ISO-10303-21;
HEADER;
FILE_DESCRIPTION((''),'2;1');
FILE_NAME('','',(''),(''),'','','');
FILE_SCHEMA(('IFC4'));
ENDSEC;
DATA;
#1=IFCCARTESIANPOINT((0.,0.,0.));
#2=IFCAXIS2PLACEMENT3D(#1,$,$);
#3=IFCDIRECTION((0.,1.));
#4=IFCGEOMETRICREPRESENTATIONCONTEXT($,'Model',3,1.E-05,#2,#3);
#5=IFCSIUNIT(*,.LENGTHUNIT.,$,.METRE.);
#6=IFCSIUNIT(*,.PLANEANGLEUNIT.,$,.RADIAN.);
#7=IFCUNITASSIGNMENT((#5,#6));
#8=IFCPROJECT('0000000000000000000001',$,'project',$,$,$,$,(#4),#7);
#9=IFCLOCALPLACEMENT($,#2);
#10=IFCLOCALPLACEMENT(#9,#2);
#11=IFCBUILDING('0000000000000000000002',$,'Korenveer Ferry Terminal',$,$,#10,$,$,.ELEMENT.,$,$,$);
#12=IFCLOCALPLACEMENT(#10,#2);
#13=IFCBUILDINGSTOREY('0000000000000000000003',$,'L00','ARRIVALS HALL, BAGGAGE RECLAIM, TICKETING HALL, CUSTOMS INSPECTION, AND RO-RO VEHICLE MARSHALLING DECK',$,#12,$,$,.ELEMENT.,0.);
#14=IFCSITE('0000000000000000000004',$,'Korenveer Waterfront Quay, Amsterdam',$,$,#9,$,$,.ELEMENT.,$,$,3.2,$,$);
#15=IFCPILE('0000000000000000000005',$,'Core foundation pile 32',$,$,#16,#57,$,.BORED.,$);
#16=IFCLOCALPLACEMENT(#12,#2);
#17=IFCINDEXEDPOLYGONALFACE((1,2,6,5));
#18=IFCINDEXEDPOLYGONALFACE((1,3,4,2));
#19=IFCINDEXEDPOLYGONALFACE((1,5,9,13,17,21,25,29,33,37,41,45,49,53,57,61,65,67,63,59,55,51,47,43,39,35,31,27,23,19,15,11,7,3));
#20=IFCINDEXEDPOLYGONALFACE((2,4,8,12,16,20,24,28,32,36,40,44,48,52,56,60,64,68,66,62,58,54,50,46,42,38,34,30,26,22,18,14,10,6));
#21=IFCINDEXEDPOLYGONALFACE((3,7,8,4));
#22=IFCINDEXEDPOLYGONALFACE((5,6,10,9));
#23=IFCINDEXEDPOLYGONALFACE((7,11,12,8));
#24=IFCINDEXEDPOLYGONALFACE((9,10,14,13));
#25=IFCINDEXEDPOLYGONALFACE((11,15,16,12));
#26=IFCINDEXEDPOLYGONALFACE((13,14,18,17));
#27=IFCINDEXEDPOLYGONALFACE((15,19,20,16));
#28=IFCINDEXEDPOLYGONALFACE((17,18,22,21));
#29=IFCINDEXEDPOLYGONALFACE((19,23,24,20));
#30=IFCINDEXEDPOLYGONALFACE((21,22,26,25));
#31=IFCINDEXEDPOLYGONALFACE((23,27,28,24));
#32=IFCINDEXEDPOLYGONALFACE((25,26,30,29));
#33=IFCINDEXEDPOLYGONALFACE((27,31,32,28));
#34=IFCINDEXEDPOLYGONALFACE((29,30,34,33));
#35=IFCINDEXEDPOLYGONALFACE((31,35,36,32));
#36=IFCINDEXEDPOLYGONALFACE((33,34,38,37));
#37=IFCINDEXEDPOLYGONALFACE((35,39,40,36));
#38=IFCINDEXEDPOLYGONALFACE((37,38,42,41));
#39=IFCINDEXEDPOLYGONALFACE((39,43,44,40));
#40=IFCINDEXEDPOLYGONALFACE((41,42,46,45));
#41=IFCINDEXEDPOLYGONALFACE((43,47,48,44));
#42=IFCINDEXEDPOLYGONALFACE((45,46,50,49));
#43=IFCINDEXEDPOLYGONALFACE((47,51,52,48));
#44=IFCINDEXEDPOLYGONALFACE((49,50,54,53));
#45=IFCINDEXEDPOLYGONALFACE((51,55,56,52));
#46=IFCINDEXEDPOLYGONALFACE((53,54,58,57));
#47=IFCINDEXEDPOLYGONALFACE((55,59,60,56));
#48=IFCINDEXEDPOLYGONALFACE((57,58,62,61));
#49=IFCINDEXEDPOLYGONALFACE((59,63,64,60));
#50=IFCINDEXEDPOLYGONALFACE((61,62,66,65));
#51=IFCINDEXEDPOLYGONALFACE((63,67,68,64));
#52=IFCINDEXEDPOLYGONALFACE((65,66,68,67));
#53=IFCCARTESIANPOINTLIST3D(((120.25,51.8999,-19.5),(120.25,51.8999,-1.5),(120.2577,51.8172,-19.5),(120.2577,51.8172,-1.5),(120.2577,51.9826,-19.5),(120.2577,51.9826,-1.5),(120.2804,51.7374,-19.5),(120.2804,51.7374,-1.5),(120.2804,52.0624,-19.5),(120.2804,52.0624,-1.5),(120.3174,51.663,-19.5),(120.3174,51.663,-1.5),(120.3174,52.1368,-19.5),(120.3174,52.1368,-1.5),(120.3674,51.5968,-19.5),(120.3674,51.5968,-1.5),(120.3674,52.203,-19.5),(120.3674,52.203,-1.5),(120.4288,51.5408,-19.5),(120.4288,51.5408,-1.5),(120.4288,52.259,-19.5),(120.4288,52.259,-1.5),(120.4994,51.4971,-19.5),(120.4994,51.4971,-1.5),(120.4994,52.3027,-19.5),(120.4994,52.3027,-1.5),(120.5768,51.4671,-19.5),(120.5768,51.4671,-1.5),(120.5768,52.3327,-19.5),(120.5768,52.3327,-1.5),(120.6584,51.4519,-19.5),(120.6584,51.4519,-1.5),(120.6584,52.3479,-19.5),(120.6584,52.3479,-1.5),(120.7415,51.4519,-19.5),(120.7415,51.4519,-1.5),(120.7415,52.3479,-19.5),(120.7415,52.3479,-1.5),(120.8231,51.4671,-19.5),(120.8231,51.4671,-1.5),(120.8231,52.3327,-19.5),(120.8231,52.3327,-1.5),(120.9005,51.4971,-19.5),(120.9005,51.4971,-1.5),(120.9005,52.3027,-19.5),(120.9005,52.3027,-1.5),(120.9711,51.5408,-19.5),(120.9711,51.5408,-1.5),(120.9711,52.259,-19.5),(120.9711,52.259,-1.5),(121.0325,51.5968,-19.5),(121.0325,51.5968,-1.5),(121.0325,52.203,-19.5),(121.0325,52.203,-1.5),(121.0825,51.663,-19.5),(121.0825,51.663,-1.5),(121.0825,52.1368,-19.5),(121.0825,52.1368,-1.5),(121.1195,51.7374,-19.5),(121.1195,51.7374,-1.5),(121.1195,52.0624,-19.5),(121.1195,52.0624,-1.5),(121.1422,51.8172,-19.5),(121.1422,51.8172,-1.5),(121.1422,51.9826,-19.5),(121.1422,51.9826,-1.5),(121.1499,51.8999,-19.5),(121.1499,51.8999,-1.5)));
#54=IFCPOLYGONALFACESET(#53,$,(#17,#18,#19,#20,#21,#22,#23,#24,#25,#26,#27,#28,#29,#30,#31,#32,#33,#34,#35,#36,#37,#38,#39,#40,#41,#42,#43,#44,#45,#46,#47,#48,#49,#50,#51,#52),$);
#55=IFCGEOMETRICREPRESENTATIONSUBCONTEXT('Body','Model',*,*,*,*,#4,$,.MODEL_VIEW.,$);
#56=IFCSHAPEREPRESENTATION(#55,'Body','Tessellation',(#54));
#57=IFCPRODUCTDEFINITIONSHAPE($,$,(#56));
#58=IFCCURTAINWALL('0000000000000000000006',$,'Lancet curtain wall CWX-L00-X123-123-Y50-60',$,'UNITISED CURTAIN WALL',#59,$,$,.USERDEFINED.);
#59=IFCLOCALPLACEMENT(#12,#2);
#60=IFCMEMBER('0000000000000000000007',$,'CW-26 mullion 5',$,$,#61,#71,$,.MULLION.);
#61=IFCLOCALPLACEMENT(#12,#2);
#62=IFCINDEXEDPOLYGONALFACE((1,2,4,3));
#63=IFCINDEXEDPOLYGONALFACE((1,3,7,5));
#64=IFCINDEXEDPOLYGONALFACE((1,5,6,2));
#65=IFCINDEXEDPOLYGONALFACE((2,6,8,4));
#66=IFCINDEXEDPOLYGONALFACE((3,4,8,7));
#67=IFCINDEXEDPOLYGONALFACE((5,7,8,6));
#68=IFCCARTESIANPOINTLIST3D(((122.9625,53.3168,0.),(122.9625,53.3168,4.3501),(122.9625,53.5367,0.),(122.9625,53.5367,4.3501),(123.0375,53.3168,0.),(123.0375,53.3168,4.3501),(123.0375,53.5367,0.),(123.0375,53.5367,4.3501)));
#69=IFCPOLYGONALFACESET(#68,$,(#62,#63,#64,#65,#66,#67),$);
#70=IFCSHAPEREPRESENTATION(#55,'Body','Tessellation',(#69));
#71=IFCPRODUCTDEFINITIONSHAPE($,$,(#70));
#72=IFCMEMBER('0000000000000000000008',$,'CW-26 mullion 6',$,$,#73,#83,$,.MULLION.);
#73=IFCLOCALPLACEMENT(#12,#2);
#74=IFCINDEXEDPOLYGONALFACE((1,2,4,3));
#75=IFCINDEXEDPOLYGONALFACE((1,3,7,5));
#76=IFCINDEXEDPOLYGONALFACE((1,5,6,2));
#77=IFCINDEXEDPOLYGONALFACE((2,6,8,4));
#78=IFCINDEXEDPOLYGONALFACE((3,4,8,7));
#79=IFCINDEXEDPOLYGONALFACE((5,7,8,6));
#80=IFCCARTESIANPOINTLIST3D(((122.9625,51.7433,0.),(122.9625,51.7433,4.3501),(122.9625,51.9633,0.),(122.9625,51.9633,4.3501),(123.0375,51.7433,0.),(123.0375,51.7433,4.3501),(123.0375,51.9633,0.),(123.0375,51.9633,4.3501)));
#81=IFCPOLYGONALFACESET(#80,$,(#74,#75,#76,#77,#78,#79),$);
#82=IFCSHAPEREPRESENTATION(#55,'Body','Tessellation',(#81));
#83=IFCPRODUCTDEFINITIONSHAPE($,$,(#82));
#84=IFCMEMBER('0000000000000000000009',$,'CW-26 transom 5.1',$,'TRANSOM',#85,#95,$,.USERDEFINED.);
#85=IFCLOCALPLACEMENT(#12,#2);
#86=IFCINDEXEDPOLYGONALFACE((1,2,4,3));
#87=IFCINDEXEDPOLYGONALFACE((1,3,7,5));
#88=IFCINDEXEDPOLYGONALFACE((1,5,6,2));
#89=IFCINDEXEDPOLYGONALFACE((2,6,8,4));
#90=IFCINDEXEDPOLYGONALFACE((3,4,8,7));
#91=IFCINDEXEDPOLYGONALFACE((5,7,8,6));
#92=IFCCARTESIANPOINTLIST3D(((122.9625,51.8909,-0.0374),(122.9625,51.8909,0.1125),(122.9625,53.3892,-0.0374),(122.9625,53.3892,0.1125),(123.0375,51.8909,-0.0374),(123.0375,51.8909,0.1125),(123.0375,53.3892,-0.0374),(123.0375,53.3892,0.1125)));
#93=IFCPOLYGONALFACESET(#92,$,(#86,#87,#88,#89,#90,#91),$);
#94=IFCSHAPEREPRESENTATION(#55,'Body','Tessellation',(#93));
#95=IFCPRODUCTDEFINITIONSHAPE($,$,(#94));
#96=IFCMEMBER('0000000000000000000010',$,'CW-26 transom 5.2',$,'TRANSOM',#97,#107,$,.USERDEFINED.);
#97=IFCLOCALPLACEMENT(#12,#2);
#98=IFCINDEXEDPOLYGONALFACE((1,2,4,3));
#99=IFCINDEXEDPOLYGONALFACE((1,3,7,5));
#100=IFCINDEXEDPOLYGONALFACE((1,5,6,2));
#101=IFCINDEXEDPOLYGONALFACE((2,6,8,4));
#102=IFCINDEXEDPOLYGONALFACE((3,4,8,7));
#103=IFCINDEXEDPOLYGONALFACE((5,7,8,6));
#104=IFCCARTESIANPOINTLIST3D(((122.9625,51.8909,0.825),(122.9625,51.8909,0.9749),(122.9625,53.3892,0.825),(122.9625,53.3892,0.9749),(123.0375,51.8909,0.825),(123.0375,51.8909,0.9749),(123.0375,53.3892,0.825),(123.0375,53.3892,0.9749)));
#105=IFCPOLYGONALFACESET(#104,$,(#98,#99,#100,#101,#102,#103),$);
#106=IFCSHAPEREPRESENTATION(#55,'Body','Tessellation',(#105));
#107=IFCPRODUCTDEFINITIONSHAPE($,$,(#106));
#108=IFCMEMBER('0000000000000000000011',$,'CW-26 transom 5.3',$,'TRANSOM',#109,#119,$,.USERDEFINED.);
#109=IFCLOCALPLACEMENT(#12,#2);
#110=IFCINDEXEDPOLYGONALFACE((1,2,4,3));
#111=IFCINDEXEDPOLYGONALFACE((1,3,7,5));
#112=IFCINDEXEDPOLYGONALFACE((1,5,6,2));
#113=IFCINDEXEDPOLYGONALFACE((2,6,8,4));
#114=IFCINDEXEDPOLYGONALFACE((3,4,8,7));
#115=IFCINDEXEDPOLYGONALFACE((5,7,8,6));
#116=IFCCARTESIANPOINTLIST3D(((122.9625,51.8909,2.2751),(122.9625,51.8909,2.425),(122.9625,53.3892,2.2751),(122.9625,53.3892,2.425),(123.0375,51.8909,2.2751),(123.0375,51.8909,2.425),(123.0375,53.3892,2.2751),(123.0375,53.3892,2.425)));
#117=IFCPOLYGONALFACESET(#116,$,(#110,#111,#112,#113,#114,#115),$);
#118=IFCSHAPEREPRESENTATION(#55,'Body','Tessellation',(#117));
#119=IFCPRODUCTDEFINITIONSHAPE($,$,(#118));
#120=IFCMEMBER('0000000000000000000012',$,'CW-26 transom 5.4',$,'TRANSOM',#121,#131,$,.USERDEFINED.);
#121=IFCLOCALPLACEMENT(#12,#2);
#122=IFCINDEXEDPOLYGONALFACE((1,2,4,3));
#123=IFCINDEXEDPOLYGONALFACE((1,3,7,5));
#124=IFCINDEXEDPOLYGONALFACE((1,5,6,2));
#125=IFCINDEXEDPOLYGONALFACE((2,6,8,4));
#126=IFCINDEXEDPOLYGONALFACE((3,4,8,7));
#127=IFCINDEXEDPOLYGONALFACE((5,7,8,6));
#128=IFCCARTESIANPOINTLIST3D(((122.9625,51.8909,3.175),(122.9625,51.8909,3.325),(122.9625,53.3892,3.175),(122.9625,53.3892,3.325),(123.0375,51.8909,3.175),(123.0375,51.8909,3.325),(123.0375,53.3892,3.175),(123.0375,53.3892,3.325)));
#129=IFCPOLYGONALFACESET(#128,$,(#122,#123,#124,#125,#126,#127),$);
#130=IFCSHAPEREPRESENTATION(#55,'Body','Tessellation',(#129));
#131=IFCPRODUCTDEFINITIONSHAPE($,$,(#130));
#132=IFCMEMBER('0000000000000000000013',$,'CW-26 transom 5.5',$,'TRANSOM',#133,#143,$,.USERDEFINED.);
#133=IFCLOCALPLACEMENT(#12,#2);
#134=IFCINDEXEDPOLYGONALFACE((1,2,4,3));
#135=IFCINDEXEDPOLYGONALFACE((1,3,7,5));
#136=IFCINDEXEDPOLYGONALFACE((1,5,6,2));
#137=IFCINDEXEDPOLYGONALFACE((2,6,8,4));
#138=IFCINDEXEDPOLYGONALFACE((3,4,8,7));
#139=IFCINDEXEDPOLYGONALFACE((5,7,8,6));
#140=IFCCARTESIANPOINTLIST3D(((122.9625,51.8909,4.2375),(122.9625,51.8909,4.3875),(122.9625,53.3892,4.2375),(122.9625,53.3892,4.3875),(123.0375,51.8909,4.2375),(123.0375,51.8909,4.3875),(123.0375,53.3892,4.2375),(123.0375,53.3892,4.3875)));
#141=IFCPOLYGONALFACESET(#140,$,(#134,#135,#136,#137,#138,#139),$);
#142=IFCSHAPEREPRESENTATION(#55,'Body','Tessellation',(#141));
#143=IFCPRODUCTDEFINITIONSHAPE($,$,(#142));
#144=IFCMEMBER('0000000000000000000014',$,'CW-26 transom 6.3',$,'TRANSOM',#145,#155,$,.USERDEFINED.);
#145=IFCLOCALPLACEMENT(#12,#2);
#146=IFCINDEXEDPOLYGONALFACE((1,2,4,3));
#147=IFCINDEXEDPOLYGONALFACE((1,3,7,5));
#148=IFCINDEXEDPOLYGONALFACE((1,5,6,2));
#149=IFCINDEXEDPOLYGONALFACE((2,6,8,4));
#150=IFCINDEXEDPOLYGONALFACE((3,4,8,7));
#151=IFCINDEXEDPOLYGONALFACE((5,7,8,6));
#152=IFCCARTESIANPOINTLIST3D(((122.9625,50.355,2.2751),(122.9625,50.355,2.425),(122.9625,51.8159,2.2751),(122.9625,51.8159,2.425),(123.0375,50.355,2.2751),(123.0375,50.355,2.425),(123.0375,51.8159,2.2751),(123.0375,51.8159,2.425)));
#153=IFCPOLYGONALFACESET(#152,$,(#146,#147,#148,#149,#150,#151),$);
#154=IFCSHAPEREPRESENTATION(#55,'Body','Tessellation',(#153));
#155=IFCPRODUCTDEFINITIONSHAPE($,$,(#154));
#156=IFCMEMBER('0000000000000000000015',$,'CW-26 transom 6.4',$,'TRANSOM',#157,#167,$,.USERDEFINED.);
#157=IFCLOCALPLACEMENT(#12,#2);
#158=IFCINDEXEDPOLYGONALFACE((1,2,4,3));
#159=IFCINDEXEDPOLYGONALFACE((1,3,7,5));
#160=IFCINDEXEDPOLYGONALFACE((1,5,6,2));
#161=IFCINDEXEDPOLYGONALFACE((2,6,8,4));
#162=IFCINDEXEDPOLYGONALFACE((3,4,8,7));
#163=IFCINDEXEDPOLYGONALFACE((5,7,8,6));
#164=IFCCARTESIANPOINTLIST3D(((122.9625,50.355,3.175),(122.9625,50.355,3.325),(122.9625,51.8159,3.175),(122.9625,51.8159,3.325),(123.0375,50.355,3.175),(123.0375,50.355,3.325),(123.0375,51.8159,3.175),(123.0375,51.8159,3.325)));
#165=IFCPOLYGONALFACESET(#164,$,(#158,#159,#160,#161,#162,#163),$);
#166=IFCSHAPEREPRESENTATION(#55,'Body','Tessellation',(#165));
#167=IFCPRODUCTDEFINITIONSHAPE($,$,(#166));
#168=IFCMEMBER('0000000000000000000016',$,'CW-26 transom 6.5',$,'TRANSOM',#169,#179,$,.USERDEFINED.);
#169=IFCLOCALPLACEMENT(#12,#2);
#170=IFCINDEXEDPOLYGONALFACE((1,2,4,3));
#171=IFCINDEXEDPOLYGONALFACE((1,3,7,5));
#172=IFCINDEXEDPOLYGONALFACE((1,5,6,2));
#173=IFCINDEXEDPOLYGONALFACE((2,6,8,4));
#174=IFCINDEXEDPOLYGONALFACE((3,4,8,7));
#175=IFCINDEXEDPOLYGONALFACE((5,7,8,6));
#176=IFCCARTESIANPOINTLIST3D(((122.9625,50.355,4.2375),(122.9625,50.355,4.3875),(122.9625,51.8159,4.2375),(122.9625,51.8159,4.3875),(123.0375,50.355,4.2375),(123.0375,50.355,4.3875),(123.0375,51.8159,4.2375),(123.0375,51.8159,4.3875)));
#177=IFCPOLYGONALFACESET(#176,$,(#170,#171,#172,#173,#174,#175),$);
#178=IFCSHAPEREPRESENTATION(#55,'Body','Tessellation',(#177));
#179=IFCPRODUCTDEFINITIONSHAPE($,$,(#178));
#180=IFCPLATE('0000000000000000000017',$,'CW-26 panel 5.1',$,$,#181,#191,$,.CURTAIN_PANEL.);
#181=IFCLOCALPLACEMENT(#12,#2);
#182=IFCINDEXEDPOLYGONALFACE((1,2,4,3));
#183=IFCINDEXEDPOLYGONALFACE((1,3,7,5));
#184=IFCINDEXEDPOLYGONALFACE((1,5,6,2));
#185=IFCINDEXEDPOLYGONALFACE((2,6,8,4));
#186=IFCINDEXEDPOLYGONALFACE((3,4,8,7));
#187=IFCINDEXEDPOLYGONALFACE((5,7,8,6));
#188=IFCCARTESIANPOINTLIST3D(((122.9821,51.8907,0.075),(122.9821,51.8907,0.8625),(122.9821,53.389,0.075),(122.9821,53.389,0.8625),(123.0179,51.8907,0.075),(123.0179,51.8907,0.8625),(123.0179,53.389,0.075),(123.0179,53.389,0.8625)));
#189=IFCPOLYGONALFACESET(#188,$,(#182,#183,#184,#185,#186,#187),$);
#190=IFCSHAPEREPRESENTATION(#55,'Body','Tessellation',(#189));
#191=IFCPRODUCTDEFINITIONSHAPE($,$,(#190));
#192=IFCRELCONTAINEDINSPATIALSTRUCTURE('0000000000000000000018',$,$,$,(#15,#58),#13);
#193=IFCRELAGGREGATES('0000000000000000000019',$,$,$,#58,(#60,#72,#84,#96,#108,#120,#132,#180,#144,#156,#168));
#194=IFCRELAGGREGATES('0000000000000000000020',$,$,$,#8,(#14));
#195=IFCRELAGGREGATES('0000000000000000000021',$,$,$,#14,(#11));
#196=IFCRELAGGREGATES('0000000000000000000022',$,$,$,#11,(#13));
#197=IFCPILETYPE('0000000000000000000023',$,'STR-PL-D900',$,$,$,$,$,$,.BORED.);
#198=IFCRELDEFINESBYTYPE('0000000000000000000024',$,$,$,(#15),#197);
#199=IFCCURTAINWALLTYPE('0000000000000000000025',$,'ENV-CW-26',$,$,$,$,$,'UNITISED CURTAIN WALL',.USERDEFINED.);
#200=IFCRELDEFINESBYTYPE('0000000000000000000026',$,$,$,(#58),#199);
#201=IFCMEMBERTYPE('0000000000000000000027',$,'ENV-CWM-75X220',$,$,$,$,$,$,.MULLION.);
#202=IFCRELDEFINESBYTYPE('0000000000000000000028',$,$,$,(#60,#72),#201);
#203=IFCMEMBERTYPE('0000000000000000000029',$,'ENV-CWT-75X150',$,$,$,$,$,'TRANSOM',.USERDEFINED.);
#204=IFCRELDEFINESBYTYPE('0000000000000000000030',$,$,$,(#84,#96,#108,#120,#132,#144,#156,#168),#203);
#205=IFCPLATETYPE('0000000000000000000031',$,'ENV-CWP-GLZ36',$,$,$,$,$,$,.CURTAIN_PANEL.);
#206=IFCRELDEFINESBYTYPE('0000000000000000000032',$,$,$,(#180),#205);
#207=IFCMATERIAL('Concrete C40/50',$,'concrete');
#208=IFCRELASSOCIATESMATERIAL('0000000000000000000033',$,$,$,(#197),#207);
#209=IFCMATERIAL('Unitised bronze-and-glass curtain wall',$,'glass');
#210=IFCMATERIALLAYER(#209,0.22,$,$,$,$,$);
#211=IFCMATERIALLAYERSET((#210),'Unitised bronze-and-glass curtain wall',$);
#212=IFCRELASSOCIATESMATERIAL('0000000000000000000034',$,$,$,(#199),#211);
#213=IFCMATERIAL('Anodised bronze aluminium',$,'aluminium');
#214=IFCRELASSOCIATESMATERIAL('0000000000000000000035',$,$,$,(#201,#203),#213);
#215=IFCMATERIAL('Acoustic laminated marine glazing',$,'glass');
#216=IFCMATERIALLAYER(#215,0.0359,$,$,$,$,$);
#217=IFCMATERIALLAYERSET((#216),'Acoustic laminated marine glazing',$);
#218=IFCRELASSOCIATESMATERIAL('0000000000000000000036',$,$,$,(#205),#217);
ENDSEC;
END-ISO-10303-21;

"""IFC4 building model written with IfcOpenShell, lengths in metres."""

from ifc_helpers import new_model, si_unit, direction, frame, origin, origin_2d, place, context, subcontext, project, spatial, rectangle, circle, extrude, material, layer, layer_set, material_profile, profile_set, type_object, element, aggregate, save


model = new_model("IFC4")

# Units and contexts
model_context = context("Model", 3, precision=1e-05, world=origin(), true_north=direction((0.0, 1.0)))
body_context = subcontext(model_context, "Body", "Model", "MODEL_VIEW")
ifc_project = project(units=[si_unit("LENGTHUNIT", "METRE"), si_unit("PLANEANGLEUNIT", "RADIAN")], contexts=[model_context])

# Site, building, storey
site_placement = place(None, origin())
site = spatial("IfcSite", under=ifc_project, at=site_placement, Name="Korenveer Waterfront Quay, Amsterdam", CompositionType="ELEMENT", RefElevation=3.2)
building_placement = place(site_placement, origin())
building = spatial("IfcBuilding", under=site, at=building_placement, Name="Korenveer Ferry Terminal", CompositionType="ELEMENT")
storey_placement = place(building_placement, origin())
storey = spatial("IfcBuildingStorey", under=building, at=storey_placement, Name="L00", Description="ARRIVALS HALL, BAGGAGE RECLAIM, TICKETING HALL, CUSTOMS INSPECTION, AND RO-RO VEHICLE MARSHALLING DECK", CompositionType="ELEMENT", Elevation=0.0)

# Pile
ifc_material_1 = material(Name="Concrete C40/50", Category="concrete")
ifc_material_profile_1 = material_profile(ifc_material_1, circle(Radius=0.45, at=origin_2d()), Name="PILE D900")
ifc_profile_set_1 = profile_set([ifc_material_profile_1], Name="Concrete C40/50")
pile_type = type_object("IfcPileType", Name="STR-PL-D900", PredefinedType="BORED", material=ifc_profile_set_1)
pile_placement = place(storey_placement, frame((120.7, 51.8999, -1.5), z_axis=(0.0, 0.0, -1.0), x_axis=(1.0, 0.0, 0.0)))
element("IfcPile", 1, at=pile_placement, inside=storey, type_object=pile_type, Name="Core foundation pile 32", PredefinedType="BORED", context=body_context, shape_type="SweptSolid", body=[
    extrude(circle(Radius=0.45, at=origin_2d()), origin(), (0.0, 0.0, 1.0), 18.0),
])

# Curtain wall, members, plate
ifc_material_2 = material(Name="Unitised bronze-and-glass curtain wall", Category="glass")
ifc_layer_1 = layer(ifc_material_2, 0.22)
ifc_layer_set_1 = layer_set([ifc_layer_1], Name="Unitised bronze-and-glass curtain wall")
curtain_wall_type = type_object("IfcCurtainWallType", Name="ENV-CW-26", ElementType="UNITISED CURTAIN WALL", PredefinedType="USERDEFINED", material=ifc_layer_set_1)
curtain_wall_placement = place(storey_placement, frame((123.0, 59.72, 0.0)))
curtain_wall = element("IfcCurtainWall", 2, at=curtain_wall_placement, inside=storey, type_object=curtain_wall_type, Name="Lancet curtain wall CWX-L00-X123-123-Y50-60", ObjectType="UNITISED CURTAIN WALL", PredefinedType="USERDEFINED")
ifc_material_3 = material(Name="Anodised bronze aluminium", Category="aluminium")
ifc_material_profile_2 = material_profile(ifc_material_3, rectangle(XDim=0.075, YDim=0.22, at=origin_2d()), Name="ALU 75x220")
ifc_profile_set_2 = profile_set([ifc_material_profile_2], Name="Anodised bronze aluminium")
member_type_1 = type_object("IfcMemberType", Name="ENV-CWM-75X220", PredefinedType="MULLION", material=ifc_profile_set_2)
member_1_placement = place(storey_placement, frame((123.0, 53.4268, 0.0), z_axis=(0.0, 0.0, 1.0), x_axis=(1.0, 0.0, 0.0)))
member_1 = element("IfcMember", 3, at=member_1_placement, type_object=member_type_1, Name="CW-26 mullion 5", PredefinedType="MULLION", context=body_context, shape_type="SweptSolid", body=[
    extrude(rectangle(XDim=0.075, YDim=0.22, at=origin_2d()), origin(), (0.0, 0.0, 1.0), 4.3501),
])
member_2_placement = place(storey_placement, frame((123.0, 51.8533, 0.0), z_axis=(0.0, 0.0, 1.0), x_axis=(1.0, 0.0, 0.0)))
member_2 = element("IfcMember", 4, at=member_2_placement, type_object=member_type_1, Name="CW-26 mullion 6", PredefinedType="MULLION", context=body_context, shape_type="SweptSolid", body=[
    extrude(rectangle(XDim=0.075, YDim=0.22, at=origin_2d()), origin(), (0.0, 0.0, 1.0), 4.3501),
])
ifc_material_profile_3 = material_profile(ifc_material_3, rectangle(XDim=0.075, YDim=0.1499, at=origin_2d()), Name="ALU 75x150")
ifc_profile_set_3 = profile_set([ifc_material_profile_3], Name="Anodised bronze aluminium")
member_type_2 = type_object("IfcMemberType", Name="ENV-CWT-75X150", ElementType="TRANSOM", PredefinedType="USERDEFINED", material=ifc_profile_set_3)
member_3_placement = place(storey_placement, frame((123.0, 53.3892, 0.0376), z_axis=(0.0, -1.0, 0.0), x_axis=(1.0, 0.0, 0.0)))
member_3 = element("IfcMember", 5, at=member_3_placement, type_object=member_type_2, Name="CW-26 transom 5.1", ObjectType="TRANSOM", PredefinedType="USERDEFINED", context=body_context, shape_type="SweptSolid", body=[
    extrude(rectangle(XDim=0.075, YDim=0.1499, at=origin_2d()), origin(), (0.0, 0.0, 1.0), 1.4983),
])
member_4_placement = place(storey_placement, frame((123.0, 53.3892, 0.8999), z_axis=(0.0, -1.0, 0.0), x_axis=(1.0, 0.0, 0.0)))
member_4 = element("IfcMember", 6, at=member_4_placement, type_object=member_type_2, Name="CW-26 transom 5.2", ObjectType="TRANSOM", PredefinedType="USERDEFINED", context=body_context, shape_type="SweptSolid", body=[
    extrude(rectangle(XDim=0.075, YDim=0.1499, at=origin_2d()), origin(), (0.0, 0.0, 1.0), 1.4983),
])
member_5_placement = place(storey_placement, frame((123.0, 53.3892, 2.3501), z_axis=(0.0, -1.0, 0.0), x_axis=(1.0, 0.0, 0.0)))
member_5 = element("IfcMember", 7, at=member_5_placement, type_object=member_type_2, Name="CW-26 transom 5.3", ObjectType="TRANSOM", PredefinedType="USERDEFINED", context=body_context, shape_type="SweptSolid", body=[
    extrude(rectangle(XDim=0.075, YDim=0.1499, at=origin_2d()), origin(), (0.0, 0.0, 1.0), 1.4983),
])
member_6_placement = place(storey_placement, frame((123.0, 53.3892, 3.25), z_axis=(0.0, -1.0, 0.0), x_axis=(1.0, 0.0, 0.0)))
member_6 = element("IfcMember", 8, at=member_6_placement, type_object=member_type_2, Name="CW-26 transom 5.4", ObjectType="TRANSOM", PredefinedType="USERDEFINED", context=body_context, shape_type="SweptSolid", body=[
    extrude(rectangle(XDim=0.075, YDim=0.1499, at=origin_2d()), origin(), (0.0, 0.0, 1.0), 1.4983),
])
member_7_placement = place(storey_placement, frame((123.0, 53.3892, 4.3125), z_axis=(0.0, -1.0, 0.0), x_axis=(1.0, 0.0, 0.0)))
member_7 = element("IfcMember", 9, at=member_7_placement, type_object=member_type_2, Name="CW-26 transom 5.5", ObjectType="TRANSOM", PredefinedType="USERDEFINED", context=body_context, shape_type="SweptSolid", body=[
    extrude(rectangle(XDim=0.075, YDim=0.1499, at=origin_2d()), origin(), (0.0, 0.0, 1.0), 1.4983),
])
member_8_placement = place(storey_placement, frame((123.0, 51.8159, 2.3501), z_axis=(0.0, -1.0, 0.0), x_axis=(1.0, 0.0, 0.0)))
member_8 = element("IfcMember", 10, at=member_8_placement, type_object=member_type_2, Name="CW-26 transom 6.3", ObjectType="TRANSOM", PredefinedType="USERDEFINED", context=body_context, shape_type="SweptSolid", body=[
    extrude(rectangle(XDim=0.075, YDim=0.1499, at=origin_2d()), origin(), (0.0, 0.0, 1.0), 1.4609),
])
member_9_placement = place(storey_placement, frame((123.0, 51.8159, 3.25), z_axis=(0.0, -1.0, 0.0), x_axis=(1.0, 0.0, 0.0)))
member_9 = element("IfcMember", 11, at=member_9_placement, type_object=member_type_2, Name="CW-26 transom 6.4", ObjectType="TRANSOM", PredefinedType="USERDEFINED", context=body_context, shape_type="SweptSolid", body=[
    extrude(rectangle(XDim=0.075, YDim=0.1499, at=origin_2d()), origin(), (0.0, 0.0, 1.0), 1.4609),
])
member_10_placement = place(storey_placement, frame((123.0, 51.8159, 4.3125), z_axis=(0.0, -1.0, 0.0), x_axis=(1.0, 0.0, 0.0)))
member_10 = element("IfcMember", 12, at=member_10_placement, type_object=member_type_2, Name="CW-26 transom 6.5", ObjectType="TRANSOM", PredefinedType="USERDEFINED", context=body_context, shape_type="SweptSolid", body=[
    extrude(rectangle(XDim=0.075, YDim=0.1499, at=origin_2d()), origin(), (0.0, 0.0, 1.0), 1.4609),
])
ifc_material_4 = material(Name="Acoustic laminated marine glazing", Category="glass")
ifc_layer_2 = layer(ifc_material_4, 0.0359)
ifc_layer_set_2 = layer_set([ifc_layer_2], Name="Acoustic laminated marine glazing")
plate_type = type_object("IfcPlateType", Name="ENV-CWP-GLZ36", PredefinedType="CURTAIN_PANEL", material=ifc_layer_set_2)
plate_1_placement = place(storey_placement, frame((123.0, 52.6399, 0.075), z_axis=(0.0, 0.0, 1.0), x_axis=(0.0, -1.0, 0.0)))
plate_1 = element("IfcPlate", 13, at=plate_1_placement, type_object=plate_type, Name="CW-26 panel 5.1", PredefinedType="CURTAIN_PANEL", context=body_context, shape_type="SweptSolid", body=[
    extrude(rectangle(XDim=1.4983, YDim=0.0359, at=origin_2d()), origin(), (0.0, 0.0, 1.0), 0.7876),
])
aggregate(curtain_wall, [member_1, member_2, member_3, member_4, member_5, member_6, member_7, plate_1, member_8, member_9, member_10])

save(model, "model.ifc")
